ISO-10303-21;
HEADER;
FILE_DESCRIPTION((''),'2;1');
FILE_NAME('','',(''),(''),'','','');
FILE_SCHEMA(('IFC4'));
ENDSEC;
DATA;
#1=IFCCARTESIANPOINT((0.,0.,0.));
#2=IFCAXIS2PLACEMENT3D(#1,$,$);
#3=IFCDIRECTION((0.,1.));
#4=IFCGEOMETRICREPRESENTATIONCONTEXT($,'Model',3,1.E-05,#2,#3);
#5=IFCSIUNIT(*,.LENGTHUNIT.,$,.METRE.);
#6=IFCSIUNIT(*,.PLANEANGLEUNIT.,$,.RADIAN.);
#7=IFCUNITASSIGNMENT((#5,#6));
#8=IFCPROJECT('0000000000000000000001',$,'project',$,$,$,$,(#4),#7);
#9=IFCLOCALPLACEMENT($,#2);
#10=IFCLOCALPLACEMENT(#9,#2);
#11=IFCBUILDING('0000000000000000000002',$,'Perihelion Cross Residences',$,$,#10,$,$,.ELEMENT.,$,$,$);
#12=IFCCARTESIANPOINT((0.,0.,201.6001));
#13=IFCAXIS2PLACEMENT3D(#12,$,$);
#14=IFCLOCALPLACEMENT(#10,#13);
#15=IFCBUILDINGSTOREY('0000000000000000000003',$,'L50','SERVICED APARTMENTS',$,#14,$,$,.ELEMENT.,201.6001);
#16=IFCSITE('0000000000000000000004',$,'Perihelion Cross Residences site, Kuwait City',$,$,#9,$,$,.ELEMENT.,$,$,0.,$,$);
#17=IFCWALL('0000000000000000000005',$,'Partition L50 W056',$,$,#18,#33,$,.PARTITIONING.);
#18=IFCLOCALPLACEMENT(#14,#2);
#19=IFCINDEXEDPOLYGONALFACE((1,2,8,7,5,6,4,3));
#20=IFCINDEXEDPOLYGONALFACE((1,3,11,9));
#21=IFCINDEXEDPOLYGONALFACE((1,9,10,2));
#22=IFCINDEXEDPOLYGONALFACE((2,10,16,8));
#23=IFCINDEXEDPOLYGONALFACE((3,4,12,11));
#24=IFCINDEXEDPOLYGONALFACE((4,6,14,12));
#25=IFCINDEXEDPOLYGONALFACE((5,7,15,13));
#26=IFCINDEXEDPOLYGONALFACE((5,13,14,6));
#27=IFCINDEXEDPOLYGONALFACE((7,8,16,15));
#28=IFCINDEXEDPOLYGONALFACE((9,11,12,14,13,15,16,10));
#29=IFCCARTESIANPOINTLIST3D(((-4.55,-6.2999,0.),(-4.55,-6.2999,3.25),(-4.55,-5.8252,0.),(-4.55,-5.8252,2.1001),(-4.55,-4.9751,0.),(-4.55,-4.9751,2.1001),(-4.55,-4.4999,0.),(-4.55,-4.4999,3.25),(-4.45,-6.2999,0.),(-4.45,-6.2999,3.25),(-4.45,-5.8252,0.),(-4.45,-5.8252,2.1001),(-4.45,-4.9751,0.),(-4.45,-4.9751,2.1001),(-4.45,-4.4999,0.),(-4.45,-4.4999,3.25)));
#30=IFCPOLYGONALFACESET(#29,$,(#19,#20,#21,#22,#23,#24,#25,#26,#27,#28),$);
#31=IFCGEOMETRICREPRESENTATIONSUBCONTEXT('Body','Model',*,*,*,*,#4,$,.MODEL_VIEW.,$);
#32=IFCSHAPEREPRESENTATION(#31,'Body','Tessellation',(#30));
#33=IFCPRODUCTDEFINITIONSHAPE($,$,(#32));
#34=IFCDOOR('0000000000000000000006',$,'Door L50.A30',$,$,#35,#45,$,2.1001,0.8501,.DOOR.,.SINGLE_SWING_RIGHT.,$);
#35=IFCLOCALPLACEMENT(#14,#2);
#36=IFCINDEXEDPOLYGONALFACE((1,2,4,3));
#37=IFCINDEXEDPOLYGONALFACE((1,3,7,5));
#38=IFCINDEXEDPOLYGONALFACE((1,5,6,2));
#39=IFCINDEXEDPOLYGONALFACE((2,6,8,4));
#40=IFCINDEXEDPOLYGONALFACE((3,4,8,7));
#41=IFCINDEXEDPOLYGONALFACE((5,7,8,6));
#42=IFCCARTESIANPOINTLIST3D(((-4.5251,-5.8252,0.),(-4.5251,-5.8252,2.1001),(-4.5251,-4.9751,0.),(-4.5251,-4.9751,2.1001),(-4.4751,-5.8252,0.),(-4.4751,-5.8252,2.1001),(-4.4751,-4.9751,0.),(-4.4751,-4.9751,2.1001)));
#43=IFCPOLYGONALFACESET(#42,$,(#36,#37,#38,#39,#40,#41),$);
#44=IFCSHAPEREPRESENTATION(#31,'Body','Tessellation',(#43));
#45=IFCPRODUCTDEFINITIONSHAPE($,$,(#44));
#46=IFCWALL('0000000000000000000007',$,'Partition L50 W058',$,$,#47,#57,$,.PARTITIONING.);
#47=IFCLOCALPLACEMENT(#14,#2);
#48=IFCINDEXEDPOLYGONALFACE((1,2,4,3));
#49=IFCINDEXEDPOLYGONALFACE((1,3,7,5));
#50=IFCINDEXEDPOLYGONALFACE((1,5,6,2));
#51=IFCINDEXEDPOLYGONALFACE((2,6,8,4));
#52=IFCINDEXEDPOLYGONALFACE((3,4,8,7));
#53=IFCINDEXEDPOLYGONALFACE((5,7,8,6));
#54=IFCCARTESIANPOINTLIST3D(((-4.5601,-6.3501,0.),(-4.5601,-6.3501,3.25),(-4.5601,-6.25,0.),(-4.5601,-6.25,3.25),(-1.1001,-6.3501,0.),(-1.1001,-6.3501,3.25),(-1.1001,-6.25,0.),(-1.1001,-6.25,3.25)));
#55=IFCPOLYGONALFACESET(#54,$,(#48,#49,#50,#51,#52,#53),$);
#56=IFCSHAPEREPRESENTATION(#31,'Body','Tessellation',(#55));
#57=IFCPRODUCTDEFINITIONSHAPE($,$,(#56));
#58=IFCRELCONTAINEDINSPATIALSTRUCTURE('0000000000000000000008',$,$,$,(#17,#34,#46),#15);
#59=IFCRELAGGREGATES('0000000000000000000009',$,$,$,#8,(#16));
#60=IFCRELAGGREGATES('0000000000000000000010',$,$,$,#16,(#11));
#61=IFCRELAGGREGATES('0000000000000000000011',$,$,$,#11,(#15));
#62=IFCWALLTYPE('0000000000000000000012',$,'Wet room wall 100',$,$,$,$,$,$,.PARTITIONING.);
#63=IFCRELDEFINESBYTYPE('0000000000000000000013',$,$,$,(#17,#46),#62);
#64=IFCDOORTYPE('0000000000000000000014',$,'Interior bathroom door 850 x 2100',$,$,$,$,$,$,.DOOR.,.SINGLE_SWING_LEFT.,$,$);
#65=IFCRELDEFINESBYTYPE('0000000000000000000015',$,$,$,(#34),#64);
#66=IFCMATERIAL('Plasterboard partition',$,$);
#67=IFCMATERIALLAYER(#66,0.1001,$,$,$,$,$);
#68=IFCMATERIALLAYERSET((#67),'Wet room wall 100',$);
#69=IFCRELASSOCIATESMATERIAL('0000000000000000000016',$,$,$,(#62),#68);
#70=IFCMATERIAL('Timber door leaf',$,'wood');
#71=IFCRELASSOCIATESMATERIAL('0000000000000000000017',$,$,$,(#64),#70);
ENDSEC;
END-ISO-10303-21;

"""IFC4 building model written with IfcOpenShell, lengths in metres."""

from ifc_helpers import new_model, si_unit, direction, frame, frame_2d, origin, place, context, subcontext, project, spatial, rectangle, extrude, material, layer, layer_set, type_object, element, fill, save


model = new_model("IFC4")

# Units and contexts
model_context = context("Model", 3, precision=1e-05, world=origin(), true_north=direction((0.0, 1.0)))
body_context = subcontext(model_context, "Body", "Model", "MODEL_VIEW")
ifc_project = project(units=[si_unit("LENGTHUNIT", "METRE"), si_unit("PLANEANGLEUNIT", "RADIAN")], contexts=[model_context])

# Site, building, storey
site_placement = place(None, origin())
site = spatial("IfcSite", under=ifc_project, at=site_placement, Name="Perihelion Cross Residences site, Kuwait City", CompositionType="ELEMENT", RefElevation=0.0)
building_placement = place(site_placement, origin())
building = spatial("IfcBuilding", under=site, at=building_placement, Name="Perihelion Cross Residences", CompositionType="ELEMENT")
storey_placement = place(building_placement, frame((0.0, 0.0, 201.6001)))
storey = spatial("IfcBuildingStorey", under=building, at=storey_placement, Name="L50", Description="SERVICED APARTMENTS", CompositionType="ELEMENT", Elevation=201.6001)

# Wall, opening, door
ifc_material_1 = material(Name="Plasterboard partition")
ifc_layer_1 = layer(ifc_material_1, 0.1001)
ifc_layer_set_1 = layer_set([ifc_layer_1], Name="Wet room wall 100")
wall_type_1 = type_object("IfcWallType", Name="Wet room wall 100", PredefinedType="PARTITIONING", material=ifc_layer_set_1)
wall_1_placement = place(storey_placement, frame((-4.5, -4.5, 0.0), z_axis=(0.0, 0.0, 1.0), x_axis=(0.0, -1.0, 0.0)))
wall_1 = element("IfcWall", 1, at=wall_1_placement, inside=storey, type_object=wall_type_1, Name="Partition L50 W056", PredefinedType="PARTITIONING", context=body_context, shape_type="SweptSolid", body=[
    extrude(rectangle(XDim=1.8, YDim=0.1001, at=frame_2d((0.8999, 0.0))), origin(), (0.0, 0.0, 1.0), 3.25),
])
opening_1_placement = place(wall_1_placement, frame((0.4751, 0.0, 0.0)))
opening_1 = element("IfcOpeningElement", 2, at=opening_1_placement, cuts=wall_1, PredefinedType="OPENING", context=body_context, shape_type="SweptSolid", body=[
    extrude(rectangle(XDim=0.8501, YDim=2.1001, at=frame_2d((0.425, 1.05))), frame((0.0, 0.0601, 0.0), z_axis=(0.0, -1.0, 0.0), x_axis=(1.0, 0.0, 0.0)), (0.0, 0.0, 1.0), 0.1201),
])
ifc_material_2 = material(Name="Timber door leaf", Category="wood")
door_type_1 = type_object("IfcDoorType", Name="Interior bathroom door 850 x 2100", OperationType="SINGLE_SWING_LEFT", PredefinedType="DOOR", material=ifc_material_2)
door_1_placement = place(opening_1_placement, origin())
door_1 = element("IfcDoor", 3, at=door_1_placement, inside=storey, type_object=door_type_1, Name="Door L50.A30", OperationType="SINGLE_SWING_RIGHT", OverallHeight=2.1001, OverallWidth=0.8501, PredefinedType="DOOR", context=body_context, shape_type="SweptSolid", body=[
    extrude(rectangle(XDim=0.8501, YDim=2.1001, at=frame_2d((0.425, 1.05))), frame((0.0, 0.0249, 0.0), z_axis=(0.0, -1.0, 0.0), x_axis=(1.0, 0.0, 0.0)), (0.0, 0.0, 1.0), 0.05),
])
fill(opening_1, door_1)

# Wall
wall_2_placement = place(storey_placement, frame((-1.1001, -6.3, 0.0), z_axis=(0.0, 0.0, 1.0), x_axis=(-1.0, 0.0, 0.0)))
element("IfcWall", 4, at=wall_2_placement, inside=storey, type_object=wall_type_1, Name="Partition L50 W058", PredefinedType="PARTITIONING", context=body_context, shape_type="SweptSolid", body=[
    extrude(rectangle(XDim=3.46, YDim=0.1001, at=frame_2d((1.73, 0.0))), origin(), (0.0, 0.0, 1.0), 3.25),
])

save(model, "model.ifc")
